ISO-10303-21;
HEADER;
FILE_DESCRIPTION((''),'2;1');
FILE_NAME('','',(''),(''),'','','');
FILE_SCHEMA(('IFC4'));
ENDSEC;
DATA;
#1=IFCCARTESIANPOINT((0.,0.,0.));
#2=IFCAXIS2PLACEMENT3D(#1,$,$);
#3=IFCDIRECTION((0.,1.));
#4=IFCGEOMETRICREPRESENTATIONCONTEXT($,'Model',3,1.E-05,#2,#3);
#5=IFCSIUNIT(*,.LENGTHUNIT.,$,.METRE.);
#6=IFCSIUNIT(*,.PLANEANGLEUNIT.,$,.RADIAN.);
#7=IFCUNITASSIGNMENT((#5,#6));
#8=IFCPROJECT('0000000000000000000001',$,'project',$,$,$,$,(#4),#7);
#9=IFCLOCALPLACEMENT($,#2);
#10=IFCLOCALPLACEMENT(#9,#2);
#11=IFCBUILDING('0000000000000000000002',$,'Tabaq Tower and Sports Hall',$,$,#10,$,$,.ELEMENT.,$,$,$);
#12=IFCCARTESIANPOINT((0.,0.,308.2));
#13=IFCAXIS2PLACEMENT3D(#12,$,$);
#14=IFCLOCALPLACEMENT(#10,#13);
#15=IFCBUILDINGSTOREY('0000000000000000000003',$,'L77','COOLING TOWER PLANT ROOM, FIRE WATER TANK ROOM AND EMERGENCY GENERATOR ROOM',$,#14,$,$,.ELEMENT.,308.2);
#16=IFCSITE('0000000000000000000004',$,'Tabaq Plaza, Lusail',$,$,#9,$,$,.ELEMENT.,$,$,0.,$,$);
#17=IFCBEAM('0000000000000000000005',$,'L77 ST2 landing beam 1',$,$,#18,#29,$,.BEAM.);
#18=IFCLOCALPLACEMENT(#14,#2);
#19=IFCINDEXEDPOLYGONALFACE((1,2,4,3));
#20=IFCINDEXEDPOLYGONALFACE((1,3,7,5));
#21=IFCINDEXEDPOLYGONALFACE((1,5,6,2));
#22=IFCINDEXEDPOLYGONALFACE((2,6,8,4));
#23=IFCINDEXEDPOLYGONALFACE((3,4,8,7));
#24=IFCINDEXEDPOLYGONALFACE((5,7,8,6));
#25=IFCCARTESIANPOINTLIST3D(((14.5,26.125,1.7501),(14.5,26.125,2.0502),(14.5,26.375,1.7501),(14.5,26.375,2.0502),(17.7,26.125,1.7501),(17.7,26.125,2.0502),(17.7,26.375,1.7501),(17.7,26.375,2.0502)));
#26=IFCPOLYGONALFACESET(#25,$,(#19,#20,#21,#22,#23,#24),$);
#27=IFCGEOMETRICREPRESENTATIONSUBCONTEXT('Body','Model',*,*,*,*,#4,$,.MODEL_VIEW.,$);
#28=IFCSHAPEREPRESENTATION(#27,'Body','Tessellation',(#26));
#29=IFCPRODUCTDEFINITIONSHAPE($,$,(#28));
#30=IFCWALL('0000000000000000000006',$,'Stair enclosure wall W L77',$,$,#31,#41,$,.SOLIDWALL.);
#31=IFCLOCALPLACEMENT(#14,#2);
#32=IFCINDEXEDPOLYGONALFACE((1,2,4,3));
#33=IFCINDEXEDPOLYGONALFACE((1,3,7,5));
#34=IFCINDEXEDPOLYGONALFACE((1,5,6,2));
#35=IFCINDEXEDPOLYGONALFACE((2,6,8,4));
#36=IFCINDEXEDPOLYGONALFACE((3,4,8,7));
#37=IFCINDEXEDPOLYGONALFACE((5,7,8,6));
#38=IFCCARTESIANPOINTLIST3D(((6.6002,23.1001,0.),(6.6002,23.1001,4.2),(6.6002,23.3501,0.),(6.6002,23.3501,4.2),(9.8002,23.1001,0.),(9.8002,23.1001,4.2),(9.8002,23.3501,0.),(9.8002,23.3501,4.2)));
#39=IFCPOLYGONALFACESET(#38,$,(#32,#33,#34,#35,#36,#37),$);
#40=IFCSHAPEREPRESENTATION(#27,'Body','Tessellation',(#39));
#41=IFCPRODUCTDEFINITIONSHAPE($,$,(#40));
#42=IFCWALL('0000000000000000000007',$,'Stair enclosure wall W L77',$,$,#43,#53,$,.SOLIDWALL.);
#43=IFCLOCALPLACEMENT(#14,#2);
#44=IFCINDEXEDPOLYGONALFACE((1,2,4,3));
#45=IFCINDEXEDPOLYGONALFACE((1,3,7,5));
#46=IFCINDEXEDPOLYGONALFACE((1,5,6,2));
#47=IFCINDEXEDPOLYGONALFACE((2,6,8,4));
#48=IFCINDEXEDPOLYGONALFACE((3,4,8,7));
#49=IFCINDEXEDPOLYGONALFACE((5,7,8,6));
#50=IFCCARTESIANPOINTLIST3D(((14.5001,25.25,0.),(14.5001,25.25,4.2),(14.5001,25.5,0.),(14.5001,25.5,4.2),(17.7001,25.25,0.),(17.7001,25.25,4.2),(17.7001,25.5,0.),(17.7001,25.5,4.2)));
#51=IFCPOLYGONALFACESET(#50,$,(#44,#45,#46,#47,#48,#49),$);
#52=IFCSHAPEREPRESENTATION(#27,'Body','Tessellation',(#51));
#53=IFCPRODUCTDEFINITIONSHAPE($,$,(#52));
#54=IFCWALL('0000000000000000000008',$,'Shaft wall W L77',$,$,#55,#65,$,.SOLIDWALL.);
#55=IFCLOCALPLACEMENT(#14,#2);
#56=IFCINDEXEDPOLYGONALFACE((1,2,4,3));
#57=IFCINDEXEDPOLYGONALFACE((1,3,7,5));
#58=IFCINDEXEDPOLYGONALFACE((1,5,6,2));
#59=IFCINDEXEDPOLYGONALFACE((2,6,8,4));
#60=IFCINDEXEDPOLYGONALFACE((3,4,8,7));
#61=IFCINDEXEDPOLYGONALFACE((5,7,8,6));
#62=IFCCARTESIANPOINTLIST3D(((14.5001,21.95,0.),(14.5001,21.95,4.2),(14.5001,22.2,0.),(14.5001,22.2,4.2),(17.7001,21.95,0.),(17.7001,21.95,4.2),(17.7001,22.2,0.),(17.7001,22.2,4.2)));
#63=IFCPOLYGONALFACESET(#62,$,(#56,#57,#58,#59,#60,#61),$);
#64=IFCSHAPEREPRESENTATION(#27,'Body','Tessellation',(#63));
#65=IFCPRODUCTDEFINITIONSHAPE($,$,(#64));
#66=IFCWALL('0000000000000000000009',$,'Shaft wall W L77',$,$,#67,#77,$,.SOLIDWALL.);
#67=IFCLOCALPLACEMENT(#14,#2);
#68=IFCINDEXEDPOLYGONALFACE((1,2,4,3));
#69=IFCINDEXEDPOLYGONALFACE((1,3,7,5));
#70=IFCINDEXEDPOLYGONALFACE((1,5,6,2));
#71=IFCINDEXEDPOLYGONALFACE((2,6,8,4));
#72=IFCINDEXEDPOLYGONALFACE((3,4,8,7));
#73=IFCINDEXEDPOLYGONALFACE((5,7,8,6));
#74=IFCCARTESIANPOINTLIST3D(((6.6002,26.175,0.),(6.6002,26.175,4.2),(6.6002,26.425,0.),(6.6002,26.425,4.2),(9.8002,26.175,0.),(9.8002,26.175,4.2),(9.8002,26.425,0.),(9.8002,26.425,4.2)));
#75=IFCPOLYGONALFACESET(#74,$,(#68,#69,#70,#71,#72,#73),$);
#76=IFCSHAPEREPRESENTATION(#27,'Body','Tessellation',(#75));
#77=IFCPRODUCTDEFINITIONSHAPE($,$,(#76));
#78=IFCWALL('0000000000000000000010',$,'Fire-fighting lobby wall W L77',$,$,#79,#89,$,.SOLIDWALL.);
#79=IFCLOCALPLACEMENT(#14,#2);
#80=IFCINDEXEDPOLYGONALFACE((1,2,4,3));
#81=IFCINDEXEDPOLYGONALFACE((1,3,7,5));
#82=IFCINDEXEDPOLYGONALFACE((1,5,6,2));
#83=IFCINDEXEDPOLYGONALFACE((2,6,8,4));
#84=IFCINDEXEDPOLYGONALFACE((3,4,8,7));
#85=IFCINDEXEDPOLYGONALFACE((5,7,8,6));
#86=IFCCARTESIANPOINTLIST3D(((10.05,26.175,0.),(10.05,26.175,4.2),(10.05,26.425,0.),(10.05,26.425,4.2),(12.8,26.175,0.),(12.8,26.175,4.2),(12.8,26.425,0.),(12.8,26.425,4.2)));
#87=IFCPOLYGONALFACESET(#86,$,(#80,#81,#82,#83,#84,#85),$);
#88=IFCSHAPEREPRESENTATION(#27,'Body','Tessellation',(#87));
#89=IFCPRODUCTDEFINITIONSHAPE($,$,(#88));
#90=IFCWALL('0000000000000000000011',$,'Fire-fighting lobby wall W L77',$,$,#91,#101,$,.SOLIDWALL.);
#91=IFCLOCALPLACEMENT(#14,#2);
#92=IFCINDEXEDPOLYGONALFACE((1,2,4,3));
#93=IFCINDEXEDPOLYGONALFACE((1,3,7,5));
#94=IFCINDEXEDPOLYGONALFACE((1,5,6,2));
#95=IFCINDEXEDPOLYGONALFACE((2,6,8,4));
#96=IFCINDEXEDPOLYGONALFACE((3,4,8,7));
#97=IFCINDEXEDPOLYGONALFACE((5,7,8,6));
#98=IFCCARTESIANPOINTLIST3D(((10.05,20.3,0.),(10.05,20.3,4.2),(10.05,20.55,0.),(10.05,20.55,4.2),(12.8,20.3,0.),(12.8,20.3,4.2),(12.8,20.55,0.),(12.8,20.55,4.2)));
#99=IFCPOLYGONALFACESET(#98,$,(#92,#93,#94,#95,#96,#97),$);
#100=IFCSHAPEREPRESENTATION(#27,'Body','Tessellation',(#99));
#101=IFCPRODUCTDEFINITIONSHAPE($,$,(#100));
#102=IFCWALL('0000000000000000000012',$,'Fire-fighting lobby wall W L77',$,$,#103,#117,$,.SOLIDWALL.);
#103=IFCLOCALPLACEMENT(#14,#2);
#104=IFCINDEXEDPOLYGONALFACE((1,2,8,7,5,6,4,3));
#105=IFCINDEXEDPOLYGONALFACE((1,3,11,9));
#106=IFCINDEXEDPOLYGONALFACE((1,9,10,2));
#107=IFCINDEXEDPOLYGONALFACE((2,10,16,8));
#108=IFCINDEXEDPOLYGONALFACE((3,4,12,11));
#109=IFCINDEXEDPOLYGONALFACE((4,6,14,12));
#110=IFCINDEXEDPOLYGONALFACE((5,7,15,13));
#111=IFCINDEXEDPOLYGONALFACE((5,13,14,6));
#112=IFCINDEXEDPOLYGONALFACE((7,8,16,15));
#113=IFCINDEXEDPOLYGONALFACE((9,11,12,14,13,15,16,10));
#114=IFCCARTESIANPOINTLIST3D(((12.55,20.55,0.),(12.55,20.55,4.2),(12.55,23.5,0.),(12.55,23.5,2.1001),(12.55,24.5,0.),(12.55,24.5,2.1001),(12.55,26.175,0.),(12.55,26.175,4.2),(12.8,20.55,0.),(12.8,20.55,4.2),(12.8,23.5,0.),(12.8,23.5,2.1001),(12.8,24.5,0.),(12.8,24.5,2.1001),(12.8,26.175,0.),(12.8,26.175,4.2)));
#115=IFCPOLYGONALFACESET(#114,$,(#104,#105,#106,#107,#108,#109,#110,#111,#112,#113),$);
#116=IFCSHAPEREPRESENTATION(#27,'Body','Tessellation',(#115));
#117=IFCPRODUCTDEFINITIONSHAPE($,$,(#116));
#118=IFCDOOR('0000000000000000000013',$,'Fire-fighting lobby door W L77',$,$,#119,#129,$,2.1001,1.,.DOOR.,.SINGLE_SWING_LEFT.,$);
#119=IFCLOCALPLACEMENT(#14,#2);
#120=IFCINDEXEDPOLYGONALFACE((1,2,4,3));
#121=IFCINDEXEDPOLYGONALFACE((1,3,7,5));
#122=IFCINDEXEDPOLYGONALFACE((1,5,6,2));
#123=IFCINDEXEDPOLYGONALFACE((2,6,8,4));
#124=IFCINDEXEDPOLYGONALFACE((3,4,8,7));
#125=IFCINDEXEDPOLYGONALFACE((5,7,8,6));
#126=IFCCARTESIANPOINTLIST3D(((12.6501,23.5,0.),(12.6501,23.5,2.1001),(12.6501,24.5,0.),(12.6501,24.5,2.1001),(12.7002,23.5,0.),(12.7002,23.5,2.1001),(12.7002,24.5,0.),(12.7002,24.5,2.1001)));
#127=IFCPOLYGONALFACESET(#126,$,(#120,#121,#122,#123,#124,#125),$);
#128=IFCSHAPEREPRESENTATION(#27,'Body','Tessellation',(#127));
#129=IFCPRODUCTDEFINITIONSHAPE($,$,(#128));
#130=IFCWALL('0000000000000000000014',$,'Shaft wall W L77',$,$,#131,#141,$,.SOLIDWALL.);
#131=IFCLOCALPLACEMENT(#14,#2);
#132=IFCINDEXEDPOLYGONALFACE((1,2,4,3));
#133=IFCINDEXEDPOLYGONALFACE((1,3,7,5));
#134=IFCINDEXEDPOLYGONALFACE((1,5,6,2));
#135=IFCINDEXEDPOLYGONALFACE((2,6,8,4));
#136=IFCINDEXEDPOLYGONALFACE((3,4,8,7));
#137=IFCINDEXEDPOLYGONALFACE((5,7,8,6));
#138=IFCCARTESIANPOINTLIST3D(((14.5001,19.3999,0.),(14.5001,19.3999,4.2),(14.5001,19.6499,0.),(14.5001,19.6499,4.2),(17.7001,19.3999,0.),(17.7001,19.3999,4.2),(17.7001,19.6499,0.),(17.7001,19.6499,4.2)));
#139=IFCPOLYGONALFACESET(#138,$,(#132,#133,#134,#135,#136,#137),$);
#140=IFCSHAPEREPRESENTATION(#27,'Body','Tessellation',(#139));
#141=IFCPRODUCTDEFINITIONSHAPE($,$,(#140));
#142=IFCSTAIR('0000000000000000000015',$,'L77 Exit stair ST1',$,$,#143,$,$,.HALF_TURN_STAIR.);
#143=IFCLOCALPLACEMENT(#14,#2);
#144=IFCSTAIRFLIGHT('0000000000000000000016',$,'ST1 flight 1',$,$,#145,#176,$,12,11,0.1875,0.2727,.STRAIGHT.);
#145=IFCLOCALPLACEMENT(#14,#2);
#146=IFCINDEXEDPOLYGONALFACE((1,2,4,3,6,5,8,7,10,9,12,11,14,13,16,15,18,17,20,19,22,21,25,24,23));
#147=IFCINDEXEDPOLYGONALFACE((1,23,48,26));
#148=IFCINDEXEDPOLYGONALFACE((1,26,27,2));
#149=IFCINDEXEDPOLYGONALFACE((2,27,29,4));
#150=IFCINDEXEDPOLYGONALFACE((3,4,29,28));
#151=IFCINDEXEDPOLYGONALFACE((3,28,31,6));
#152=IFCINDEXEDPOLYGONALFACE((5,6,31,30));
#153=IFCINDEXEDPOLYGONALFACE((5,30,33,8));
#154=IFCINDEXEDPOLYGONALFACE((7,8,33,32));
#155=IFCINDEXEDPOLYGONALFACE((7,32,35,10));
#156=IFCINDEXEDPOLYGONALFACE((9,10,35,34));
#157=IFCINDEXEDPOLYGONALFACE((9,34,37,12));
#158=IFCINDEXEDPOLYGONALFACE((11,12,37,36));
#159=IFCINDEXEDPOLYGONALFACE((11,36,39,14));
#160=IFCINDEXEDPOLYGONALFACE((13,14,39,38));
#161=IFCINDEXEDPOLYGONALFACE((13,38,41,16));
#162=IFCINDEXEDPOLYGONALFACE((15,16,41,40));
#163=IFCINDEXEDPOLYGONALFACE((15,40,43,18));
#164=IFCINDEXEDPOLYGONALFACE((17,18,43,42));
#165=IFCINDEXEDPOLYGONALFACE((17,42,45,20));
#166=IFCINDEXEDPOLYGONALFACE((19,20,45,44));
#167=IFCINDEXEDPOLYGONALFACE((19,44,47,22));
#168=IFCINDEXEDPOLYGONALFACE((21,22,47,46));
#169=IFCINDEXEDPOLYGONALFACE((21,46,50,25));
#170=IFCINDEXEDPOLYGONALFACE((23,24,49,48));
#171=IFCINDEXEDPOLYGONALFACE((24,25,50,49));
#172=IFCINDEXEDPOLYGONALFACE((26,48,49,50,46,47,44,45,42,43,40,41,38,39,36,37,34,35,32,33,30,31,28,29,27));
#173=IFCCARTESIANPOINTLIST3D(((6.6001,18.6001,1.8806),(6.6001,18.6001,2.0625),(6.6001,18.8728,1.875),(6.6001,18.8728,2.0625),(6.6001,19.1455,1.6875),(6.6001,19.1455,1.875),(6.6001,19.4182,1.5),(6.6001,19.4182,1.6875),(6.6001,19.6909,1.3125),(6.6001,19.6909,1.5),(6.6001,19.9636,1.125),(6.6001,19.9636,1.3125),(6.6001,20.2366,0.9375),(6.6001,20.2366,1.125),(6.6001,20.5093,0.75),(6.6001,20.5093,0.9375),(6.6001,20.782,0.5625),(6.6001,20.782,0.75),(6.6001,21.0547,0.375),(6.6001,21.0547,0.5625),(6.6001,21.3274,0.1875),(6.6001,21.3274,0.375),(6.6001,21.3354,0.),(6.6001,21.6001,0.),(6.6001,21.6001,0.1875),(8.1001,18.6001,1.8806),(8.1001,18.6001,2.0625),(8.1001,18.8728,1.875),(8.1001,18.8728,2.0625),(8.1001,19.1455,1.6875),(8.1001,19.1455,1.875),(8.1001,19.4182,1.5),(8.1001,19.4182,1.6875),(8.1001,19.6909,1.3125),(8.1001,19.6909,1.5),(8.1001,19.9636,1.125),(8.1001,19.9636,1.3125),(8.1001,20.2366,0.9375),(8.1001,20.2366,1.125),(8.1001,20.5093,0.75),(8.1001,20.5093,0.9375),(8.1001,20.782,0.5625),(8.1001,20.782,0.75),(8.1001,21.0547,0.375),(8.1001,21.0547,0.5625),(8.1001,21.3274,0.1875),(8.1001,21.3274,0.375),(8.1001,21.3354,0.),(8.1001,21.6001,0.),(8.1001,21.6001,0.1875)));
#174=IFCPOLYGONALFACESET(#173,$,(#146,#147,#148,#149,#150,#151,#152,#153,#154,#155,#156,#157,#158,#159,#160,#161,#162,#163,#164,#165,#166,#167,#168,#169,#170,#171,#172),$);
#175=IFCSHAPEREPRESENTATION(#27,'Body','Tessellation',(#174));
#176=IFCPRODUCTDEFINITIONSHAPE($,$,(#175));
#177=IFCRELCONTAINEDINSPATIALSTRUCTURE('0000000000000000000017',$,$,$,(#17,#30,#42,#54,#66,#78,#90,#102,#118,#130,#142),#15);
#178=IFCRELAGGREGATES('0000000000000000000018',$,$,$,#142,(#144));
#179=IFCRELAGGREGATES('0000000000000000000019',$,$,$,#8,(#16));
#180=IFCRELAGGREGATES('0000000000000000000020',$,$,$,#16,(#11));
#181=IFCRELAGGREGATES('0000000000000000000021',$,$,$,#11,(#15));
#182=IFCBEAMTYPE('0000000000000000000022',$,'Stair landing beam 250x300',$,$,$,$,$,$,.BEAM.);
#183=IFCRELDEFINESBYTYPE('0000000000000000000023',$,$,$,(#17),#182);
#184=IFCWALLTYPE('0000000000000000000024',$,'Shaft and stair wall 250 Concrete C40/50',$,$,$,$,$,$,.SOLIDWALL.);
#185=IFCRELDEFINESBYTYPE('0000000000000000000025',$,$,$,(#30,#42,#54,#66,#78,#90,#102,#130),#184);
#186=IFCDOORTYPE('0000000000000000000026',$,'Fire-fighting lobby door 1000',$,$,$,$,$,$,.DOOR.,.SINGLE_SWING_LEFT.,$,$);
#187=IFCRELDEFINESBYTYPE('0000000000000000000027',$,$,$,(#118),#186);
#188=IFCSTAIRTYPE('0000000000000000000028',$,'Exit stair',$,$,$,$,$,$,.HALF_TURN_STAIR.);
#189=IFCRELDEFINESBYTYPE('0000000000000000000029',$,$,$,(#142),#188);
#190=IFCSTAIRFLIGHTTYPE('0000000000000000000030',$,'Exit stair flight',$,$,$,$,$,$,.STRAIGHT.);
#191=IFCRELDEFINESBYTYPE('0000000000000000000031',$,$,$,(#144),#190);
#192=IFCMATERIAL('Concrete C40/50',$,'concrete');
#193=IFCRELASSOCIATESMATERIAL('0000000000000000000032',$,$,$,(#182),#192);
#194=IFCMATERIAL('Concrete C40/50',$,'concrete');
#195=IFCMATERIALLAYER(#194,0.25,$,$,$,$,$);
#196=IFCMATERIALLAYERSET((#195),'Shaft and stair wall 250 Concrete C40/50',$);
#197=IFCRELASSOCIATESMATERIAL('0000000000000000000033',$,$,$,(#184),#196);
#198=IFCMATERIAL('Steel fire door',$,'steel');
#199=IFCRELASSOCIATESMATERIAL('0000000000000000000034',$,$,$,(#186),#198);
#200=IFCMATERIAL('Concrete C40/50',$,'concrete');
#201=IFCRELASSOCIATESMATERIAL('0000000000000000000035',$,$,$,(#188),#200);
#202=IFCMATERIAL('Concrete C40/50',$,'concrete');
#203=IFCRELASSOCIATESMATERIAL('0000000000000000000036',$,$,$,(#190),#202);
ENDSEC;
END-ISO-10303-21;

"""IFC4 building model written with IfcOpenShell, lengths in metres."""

from ifc_helpers import new_model, si_unit, direction, frame, frame_2d, origin, origin_2d, place, context, subcontext, project, spatial, polyline, rectangle, outline, extrude, material, layer, layer_set, material_profile, profile_set, type_object, element, fill, aggregate, save


model = new_model("IFC4")

# Units and contexts
model_context = context("Model", 3, precision=1e-05, world=origin(), true_north=direction((0.0, 1.0)))
body_context = subcontext(model_context, "Body", "Model", "MODEL_VIEW")
ifc_project = project(units=[si_unit("LENGTHUNIT", "METRE"), si_unit("PLANEANGLEUNIT", "RADIAN")], contexts=[model_context])

# Site, building, storey
site_placement = place(None, origin())
site = spatial("IfcSite", under=ifc_project, at=site_placement, Name="Tabaq Plaza, Lusail", CompositionType="ELEMENT", RefElevation=0.0)
building_placement = place(site_placement, origin())
building = spatial("IfcBuilding", under=site, at=building_placement, Name="Tabaq Tower and Sports Hall", CompositionType="ELEMENT")
storey_placement = place(building_placement, frame((0.0, 0.0, 308.2)))
storey = spatial("IfcBuildingStorey", under=building, at=storey_placement, Name="L77", Description="COOLING TOWER PLANT ROOM, FIRE WATER TANK ROOM AND EMERGENCY GENERATOR ROOM", CompositionType="ELEMENT", Elevation=308.2)

# Beam
ifc_material_1 = material(Name="Concrete C40/50", Category="concrete")
ifc_material_profile = material_profile(ifc_material_1, rectangle(XDim=0.25, YDim=0.3, at=origin_2d()), Name="RC 250x300")
ifc_profile_set = profile_set([ifc_material_profile], Name="Concrete C40/50")
beam_type = type_object("IfcBeamType", Name="Stair landing beam 250x300", PredefinedType="BEAM", material=ifc_profile_set)
beam_placement = place(storey_placement, frame((14.5, 26.25, 1.9001), z_axis=(1.0, 0.0, 0.0), x_axis=(0.0, 1.0, 0.0)))
element("IfcBeam", 1, at=beam_placement, inside=storey, type_object=beam_type, Name="L77 ST2 landing beam 1", PredefinedType="BEAM", context=body_context, shape_type="SweptSolid", body=[
    extrude(rectangle(XDim=0.25, YDim=0.3, at=origin_2d()), origin(), (0.0, 0.0, 1.0), 3.2),
])

# Walls
ifc_material_2 = material(Name="Concrete C40/50", Category="concrete")
ifc_layer = layer(ifc_material_2, 0.25)
ifc_layer_set = layer_set([ifc_layer], Name="Shaft and stair wall 250 Concrete C40/50")
wall_type = type_object("IfcWallType", Name="Shaft and stair wall 250 Concrete C40/50", PredefinedType="SOLIDWALL", material=ifc_layer_set)
for number, where, z_axis, x_axis, name in (
    (2, (6.6001, 23.2251, 0.0), (0.0, 0.0, 1.0), (1.0, 0.0, 0.0), "Stair enclosure wall W L77"),
    (3, (14.5, 25.375, 0.0), (0.0, 0.0, 1.0), (1.0, 0.0, 0.0), "Stair enclosure wall W L77"),
    (4, (14.5, 22.075, 0.0), (0.0, 0.0, 1.0), (1.0, 0.0, 0.0), "Shaft wall W L77"),
    (5, (6.6001, 26.3, 0.0), (0.0, 0.0, 1.0), (1.0, 0.0, 0.0), "Shaft wall W L77"),
):
    element("IfcWall", number, at=place(storey_placement, frame(where, z_axis=z_axis, x_axis=x_axis)), inside=storey, type_object=wall_type, Name=name, PredefinedType="SOLIDWALL", context=body_context, shape_type="SweptSolid", body=[
        extrude(rectangle(XDim=3.2, YDim=0.25, at=frame_2d((1.6001, 0.0))), origin(), (0.0, 0.0, 1.0), 4.2),
    ])
for number, where, z_axis, x_axis, name in (
    (6, (10.05, 26.3, 0.0), (0.0, 0.0, 1.0), (1.0, 0.0, 0.0), "Fire-fighting lobby wall W L77"),
    (7, (10.05, 20.425, 0.0), (0.0, 0.0, 1.0), (1.0, 0.0, 0.0), "Fire-fighting lobby wall W L77"),
):
    element("IfcWall", number, at=place(storey_placement, frame(where, z_axis=z_axis, x_axis=x_axis)), inside=storey, type_object=wall_type, Name=name, PredefinedType="SOLIDWALL", context=body_context, shape_type="SweptSolid", body=[
        extrude(rectangle(XDim=2.75, YDim=0.25, at=frame_2d((1.375, 0.0))), origin(), (0.0, 0.0, 1.0), 4.2),
    ])

# Wall, opening, door
wall_1_placement = place(storey_placement, frame((12.675, 20.55, 0.0), z_axis=(0.0, 0.0, 1.0), x_axis=(0.0, 1.0, 0.0)))
wall_1 = element("IfcWall", 8, at=wall_1_placement, inside=storey, type_object=wall_type, Name="Fire-fighting lobby wall W L77", PredefinedType="SOLIDWALL", context=body_context, shape_type="SweptSolid", body=[
    extrude(rectangle(XDim=5.625, YDim=0.25, at=frame_2d((2.8125, 0.0))), origin(), (0.0, 0.0, 1.0), 4.2),
])
opening_placement = place(wall_1_placement, frame((2.95, 0.0, 0.0)))
opening = element("IfcOpeningElement", 9, at=opening_placement, cuts=wall_1, PredefinedType="OPENING", context=body_context, shape_type="SweptSolid", body=[
    extrude(rectangle(XDim=1.0, YDim=2.1001, at=frame_2d((0.5, 1.05))), frame((0.0, 0.125, 0.0), z_axis=(0.0, -1.0, 0.0), x_axis=(1.0, 0.0, 0.0)), (0.0, 0.0, 1.0), 0.25),
])
ifc_material_3 = material(Name="Steel fire door", Category="steel")
door_type = type_object("IfcDoorType", Name="Fire-fighting lobby door 1000", OperationType="SINGLE_SWING_LEFT", PredefinedType="DOOR", material=ifc_material_3)
door_placement = place(opening_placement, origin())
door = element("IfcDoor", 10, at=door_placement, inside=storey, type_object=door_type, Name="Fire-fighting lobby door W L77", OperationType="SINGLE_SWING_LEFT", OverallHeight=2.1001, OverallWidth=1.0, PredefinedType="DOOR", context=body_context, shape_type="SweptSolid", body=[
    extrude(rectangle(XDim=1.0, YDim=2.1001, at=frame_2d((0.5, 1.05))), frame((0.0, 0.0249, 0.0), z_axis=(0.0, -1.0, 0.0), x_axis=(1.0, 0.0, 0.0)), (0.0, 0.0, 1.0), 0.05),
])
fill(opening, door)

# Wall
wall_2_placement = place(storey_placement, frame((14.5, 19.5249, 0.0), z_axis=(0.0, 0.0, 1.0), x_axis=(1.0, 0.0, 0.0)))
element("IfcWall", 11, at=wall_2_placement, inside=storey, type_object=wall_type, Name="Shaft wall W L77", PredefinedType="SOLIDWALL", context=body_context, shape_type="SweptSolid", body=[
    extrude(rectangle(XDim=3.2, YDim=0.25, at=frame_2d((1.6001, 0.0))), origin(), (0.0, 0.0, 1.0), 4.2),
])

# Stair, stair flight
ifc_material_4 = material(Name="Concrete C40/50", Category="concrete")
stair_type = type_object("IfcStairType", Name="Exit stair", PredefinedType="HALF_TURN_STAIR", material=ifc_material_4)
stair_placement = place(storey_placement, origin())
stair = element("IfcStair", 12, at=stair_placement, inside=storey, type_object=stair_type, Name="L77 Exit stair ST1", PredefinedType="HALF_TURN_STAIR")
ifc_material_5 = material(Name="Concrete C40/50", Category="concrete")
stair_flight_type = type_object("IfcStairFlightType", Name="Exit stair flight", PredefinedType="STRAIGHT", material=ifc_material_5)
stair_flight_1_placement = place(storey_placement, frame((7.3501, 21.6001, 0.0), z_axis=(0.0, 0.0, 1.0), x_axis=(0.0, -1.0, 0.0)))
stair_flight_1 = element("IfcStairFlight", 13, at=stair_flight_1_placement, type_object=stair_flight_type, Name="ST1 flight 1", NumberOfRisers=12, NumberOfTreads=11, PredefinedType="STRAIGHT", RiserHeight=0.1875, TreadLength=0.2727, context=body_context, shape_type="SweptSolid", body=[
    extrude(outline(polyline([(0.0, 0.0), (0.0, 0.1875), (0.2727, 0.1875), (0.2727, 0.375), (0.5454, 0.375), (0.5454, 0.5625), (0.8181, 0.5625), (0.8181, 0.75), (1.0908, 0.75), (1.0908, 0.9375), (1.3635, 0.9375), (1.3635, 1.125), (1.6365, 1.125), (1.6365, 1.3125), (1.9092, 1.3125), (1.9092, 1.5), (2.1819, 1.5), (2.1819, 1.6875), (2.4546, 1.6875), (2.4546, 1.875), (2.7273, 1.875), (2.7273, 2.0625), (3.0, 2.0625), (3.0, 2.25), (3.0, 1.8806), (0.2646, 0.0), (0.0, 0.0)])), frame((0.0, 0.75, 0.0), z_axis=(0.0, -1.0, 0.0), x_axis=(1.0, 0.0, 0.0)), (0.0, 0.0, 1.0), 1.5),
])
aggregate(stair, [stair_flight_1])

save(model, "model.ifc")
